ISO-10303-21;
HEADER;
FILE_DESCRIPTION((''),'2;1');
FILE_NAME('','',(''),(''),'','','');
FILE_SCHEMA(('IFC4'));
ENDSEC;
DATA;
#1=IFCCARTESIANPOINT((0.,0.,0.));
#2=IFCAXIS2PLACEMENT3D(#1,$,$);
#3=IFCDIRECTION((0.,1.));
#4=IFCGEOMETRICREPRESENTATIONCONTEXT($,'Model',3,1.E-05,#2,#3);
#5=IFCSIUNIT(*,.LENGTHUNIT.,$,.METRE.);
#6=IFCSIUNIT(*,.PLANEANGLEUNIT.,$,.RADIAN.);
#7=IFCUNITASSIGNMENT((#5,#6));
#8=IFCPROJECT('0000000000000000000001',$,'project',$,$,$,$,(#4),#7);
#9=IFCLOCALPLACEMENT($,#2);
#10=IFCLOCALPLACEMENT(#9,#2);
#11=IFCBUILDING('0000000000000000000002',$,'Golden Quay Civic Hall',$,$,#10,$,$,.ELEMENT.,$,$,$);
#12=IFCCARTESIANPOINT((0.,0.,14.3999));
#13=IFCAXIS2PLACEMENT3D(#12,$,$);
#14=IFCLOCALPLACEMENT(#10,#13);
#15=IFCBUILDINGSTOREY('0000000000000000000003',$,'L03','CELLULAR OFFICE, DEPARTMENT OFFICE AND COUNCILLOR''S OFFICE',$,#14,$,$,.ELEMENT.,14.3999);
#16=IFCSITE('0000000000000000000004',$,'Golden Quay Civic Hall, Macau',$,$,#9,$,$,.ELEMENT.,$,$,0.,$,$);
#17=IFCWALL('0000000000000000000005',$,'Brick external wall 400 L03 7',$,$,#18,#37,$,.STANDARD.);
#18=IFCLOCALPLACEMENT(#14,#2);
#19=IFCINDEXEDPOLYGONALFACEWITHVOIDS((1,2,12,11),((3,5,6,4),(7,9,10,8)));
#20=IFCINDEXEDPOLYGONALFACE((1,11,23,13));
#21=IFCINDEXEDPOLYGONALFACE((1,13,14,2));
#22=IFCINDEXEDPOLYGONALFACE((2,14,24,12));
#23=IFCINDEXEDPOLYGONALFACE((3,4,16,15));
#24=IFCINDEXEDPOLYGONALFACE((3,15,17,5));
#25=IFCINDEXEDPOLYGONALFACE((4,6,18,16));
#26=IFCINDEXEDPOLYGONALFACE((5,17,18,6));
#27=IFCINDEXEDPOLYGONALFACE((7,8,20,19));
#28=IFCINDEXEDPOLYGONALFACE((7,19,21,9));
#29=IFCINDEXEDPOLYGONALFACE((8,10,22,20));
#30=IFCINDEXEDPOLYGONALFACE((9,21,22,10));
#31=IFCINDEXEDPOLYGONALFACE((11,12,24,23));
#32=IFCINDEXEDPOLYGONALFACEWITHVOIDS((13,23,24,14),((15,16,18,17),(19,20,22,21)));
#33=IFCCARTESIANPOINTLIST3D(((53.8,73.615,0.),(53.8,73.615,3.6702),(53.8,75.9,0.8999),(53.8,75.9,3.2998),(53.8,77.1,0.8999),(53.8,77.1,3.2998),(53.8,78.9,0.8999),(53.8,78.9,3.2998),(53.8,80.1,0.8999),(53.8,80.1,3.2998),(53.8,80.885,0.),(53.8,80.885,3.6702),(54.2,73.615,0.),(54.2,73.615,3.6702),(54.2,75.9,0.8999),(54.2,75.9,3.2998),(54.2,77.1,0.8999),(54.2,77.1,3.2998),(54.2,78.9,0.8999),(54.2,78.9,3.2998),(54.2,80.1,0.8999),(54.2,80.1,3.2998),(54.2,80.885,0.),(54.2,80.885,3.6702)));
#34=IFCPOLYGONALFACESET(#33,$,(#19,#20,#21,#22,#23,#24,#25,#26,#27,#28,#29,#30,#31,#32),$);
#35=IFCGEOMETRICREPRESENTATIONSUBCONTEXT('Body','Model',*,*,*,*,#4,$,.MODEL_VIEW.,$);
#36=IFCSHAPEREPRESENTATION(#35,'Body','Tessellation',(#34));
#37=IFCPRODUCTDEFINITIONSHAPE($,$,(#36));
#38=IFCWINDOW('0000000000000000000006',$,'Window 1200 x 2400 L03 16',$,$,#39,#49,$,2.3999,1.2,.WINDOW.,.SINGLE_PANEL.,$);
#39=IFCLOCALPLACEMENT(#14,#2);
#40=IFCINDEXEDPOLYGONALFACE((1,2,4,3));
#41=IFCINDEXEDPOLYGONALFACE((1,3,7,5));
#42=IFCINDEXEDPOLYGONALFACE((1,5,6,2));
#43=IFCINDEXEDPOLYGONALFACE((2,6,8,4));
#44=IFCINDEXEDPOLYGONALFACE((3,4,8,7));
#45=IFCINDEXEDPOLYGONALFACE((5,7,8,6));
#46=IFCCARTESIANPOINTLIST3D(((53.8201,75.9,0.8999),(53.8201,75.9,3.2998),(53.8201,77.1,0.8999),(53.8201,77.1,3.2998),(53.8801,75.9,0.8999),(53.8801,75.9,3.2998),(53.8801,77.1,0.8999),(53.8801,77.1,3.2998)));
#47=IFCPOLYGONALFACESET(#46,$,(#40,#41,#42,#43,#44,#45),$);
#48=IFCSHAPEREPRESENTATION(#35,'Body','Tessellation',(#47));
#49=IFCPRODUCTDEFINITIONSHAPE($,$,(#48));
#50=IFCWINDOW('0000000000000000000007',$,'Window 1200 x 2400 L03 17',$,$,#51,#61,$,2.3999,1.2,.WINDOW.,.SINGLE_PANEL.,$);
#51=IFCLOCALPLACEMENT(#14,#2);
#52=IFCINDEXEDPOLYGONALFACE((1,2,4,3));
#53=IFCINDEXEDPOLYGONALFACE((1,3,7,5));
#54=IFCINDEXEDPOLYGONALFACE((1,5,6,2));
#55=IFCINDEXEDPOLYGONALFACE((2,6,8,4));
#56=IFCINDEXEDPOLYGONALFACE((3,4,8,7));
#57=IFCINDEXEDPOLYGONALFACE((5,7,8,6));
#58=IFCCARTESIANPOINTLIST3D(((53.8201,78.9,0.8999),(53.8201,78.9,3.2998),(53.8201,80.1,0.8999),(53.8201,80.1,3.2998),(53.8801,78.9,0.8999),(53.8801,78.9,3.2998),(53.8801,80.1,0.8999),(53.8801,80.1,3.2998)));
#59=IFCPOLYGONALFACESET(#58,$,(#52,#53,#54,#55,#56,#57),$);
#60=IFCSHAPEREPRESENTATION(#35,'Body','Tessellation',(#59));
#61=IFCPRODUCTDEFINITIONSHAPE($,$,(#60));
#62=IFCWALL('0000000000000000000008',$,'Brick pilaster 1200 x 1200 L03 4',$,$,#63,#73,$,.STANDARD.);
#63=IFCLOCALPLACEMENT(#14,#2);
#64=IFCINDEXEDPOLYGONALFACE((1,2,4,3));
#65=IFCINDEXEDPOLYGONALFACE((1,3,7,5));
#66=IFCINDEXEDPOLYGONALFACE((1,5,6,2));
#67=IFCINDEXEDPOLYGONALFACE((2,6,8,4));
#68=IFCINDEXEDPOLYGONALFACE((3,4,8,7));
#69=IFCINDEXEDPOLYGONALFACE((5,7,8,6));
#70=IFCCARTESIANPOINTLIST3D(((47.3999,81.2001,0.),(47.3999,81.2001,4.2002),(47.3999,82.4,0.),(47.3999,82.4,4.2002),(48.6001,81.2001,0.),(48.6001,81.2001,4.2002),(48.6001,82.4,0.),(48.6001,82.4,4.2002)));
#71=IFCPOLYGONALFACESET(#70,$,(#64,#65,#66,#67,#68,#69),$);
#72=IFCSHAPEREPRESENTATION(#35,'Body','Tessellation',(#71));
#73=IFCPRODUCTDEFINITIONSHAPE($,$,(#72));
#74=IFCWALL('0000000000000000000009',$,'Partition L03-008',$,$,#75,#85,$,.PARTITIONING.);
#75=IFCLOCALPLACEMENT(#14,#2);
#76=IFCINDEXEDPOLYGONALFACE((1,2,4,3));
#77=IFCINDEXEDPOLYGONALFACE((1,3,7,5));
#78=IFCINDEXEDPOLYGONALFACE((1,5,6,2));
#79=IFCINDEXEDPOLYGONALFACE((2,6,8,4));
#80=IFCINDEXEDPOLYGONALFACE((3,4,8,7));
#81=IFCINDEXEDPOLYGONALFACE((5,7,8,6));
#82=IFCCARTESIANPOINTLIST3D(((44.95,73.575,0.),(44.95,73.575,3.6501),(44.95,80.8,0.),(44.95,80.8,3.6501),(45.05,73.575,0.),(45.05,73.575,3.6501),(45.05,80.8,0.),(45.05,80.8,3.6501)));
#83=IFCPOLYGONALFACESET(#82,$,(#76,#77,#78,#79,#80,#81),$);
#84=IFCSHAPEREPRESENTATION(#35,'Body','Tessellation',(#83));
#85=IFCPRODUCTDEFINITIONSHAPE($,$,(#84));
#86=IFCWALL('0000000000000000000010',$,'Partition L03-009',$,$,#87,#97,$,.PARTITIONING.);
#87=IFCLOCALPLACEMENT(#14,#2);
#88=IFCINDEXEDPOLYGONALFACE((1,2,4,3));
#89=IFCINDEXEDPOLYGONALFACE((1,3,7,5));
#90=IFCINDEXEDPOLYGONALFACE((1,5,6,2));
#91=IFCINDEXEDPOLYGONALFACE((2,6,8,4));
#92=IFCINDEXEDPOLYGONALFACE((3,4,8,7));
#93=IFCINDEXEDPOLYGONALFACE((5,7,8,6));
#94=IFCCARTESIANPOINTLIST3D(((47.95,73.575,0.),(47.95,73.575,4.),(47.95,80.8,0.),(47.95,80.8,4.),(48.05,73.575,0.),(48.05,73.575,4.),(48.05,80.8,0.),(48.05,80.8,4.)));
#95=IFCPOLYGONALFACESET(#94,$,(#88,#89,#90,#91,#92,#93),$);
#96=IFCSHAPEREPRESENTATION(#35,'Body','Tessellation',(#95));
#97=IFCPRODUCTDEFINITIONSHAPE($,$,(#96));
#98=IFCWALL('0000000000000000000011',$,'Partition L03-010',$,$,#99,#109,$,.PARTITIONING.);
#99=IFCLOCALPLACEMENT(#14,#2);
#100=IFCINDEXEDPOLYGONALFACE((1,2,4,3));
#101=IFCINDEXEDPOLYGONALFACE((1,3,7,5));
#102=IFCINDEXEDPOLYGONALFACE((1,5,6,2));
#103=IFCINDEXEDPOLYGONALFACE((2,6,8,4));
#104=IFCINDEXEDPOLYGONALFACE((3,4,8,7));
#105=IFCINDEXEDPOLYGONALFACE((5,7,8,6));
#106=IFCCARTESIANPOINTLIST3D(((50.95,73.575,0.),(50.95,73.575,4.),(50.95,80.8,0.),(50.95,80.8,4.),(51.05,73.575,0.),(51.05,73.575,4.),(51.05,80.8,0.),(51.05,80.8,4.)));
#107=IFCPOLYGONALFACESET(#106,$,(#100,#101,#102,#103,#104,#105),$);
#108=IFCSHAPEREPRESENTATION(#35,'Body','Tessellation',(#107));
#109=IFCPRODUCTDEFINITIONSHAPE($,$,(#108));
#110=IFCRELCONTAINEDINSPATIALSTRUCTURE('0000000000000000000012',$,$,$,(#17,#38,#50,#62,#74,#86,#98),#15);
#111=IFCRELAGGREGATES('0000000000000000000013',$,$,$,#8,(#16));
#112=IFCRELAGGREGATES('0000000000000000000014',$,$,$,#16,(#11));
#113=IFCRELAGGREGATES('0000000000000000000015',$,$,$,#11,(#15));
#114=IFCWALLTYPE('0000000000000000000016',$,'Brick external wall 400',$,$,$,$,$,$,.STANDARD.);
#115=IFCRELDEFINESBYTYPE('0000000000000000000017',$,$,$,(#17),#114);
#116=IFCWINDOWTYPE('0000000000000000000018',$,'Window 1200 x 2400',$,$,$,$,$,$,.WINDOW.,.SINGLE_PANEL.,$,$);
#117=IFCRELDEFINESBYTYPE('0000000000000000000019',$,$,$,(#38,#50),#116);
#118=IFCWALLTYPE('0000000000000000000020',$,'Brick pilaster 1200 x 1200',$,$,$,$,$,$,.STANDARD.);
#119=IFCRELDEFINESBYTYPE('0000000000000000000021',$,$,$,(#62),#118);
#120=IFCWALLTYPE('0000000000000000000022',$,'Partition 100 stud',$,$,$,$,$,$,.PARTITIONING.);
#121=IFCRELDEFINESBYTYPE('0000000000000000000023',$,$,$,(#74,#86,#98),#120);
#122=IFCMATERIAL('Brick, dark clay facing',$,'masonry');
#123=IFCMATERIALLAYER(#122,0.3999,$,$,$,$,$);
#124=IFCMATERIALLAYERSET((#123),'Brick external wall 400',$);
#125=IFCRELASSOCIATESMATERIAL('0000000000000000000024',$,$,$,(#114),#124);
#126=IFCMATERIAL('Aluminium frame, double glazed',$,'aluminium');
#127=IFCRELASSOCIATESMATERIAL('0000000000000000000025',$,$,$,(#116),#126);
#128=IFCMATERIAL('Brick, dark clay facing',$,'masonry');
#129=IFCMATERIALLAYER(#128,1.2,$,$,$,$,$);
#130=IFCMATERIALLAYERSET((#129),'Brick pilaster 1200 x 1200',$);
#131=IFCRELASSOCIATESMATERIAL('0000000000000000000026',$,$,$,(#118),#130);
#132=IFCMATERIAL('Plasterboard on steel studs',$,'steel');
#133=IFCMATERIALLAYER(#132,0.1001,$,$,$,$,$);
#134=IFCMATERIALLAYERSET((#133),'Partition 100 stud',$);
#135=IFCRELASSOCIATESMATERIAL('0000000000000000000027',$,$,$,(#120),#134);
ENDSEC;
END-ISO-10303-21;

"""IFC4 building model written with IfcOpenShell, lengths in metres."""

from ifc_helpers import new_model, si_unit, direction, frame, frame_2d, origin, place, context, subcontext, project, spatial, rectangle, extrude, material, layer, layer_set, type_object, element, fill, save


model = new_model("IFC4")

# Units and contexts
model_context = context("Model", 3, precision=1e-05, world=origin(), true_north=direction((0.0, 1.0)))
body_context = subcontext(model_context, "Body", "Model", "MODEL_VIEW")
ifc_project = project(units=[si_unit("LENGTHUNIT", "METRE"), si_unit("PLANEANGLEUNIT", "RADIAN")], contexts=[model_context])

# Site, building, storey
site_placement = place(None, origin())
site = spatial("IfcSite", under=ifc_project, at=site_placement, Name="Golden Quay Civic Hall, Macau", CompositionType="ELEMENT", RefElevation=0.0)
building_placement = place(site_placement, origin())
building = spatial("IfcBuilding", under=site, at=building_placement, Name="Golden Quay Civic Hall", CompositionType="ELEMENT")
storey_placement = place(building_placement, frame((0.0, 0.0, 14.3999)))
storey = spatial("IfcBuildingStorey", under=building, at=storey_placement, Name="L03", Description="CELLULAR OFFICE, DEPARTMENT OFFICE AND COUNCILLOR'S OFFICE", CompositionType="ELEMENT", Elevation=14.3999)

# Shared definitions
ifc_material_1 = material(Name="Brick, dark clay facing", Category="masonry")
ifc_layer_1 = layer(ifc_material_1, 0.3999)
ifc_layer_set_1 = layer_set([ifc_layer_1], Name="Brick external wall 400")
wall_type_1 = type_object("IfcWallType", Name="Brick external wall 400", PredefinedType="STANDARD", material=ifc_layer_set_1)
ifc_material_2 = material(Name="Aluminium frame, double glazed", Category="aluminium")
window_type_1 = type_object("IfcWindowType", Name="Window 1200 x 2400", PartitioningType="SINGLE_PANEL", PredefinedType="WINDOW", material=ifc_material_2)

# Wall, openings, windows
wall_1_placement = place(storey_placement, frame((54.0, 80.885, 0.0), z_axis=(0.0, 0.0, 1.0), x_axis=(0.0, -1.0, 0.0)))
wall_1 = element("IfcWall", 1, at=wall_1_placement, inside=storey, type_object=wall_type_1, Name="Brick external wall 400 L03 7", PredefinedType="STANDARD", context=body_context, shape_type="SweptSolid", body=[
    extrude(rectangle(XDim=7.27, YDim=0.3999, at=frame_2d((3.635, 0.0))), origin(), (0.0, 0.0, 1.0), 3.6702),
])
opening_1_placement = place(wall_1_placement, frame((3.7849, 0.0, 0.8999)))
opening_1 = element("IfcOpeningElement", 2, at=opening_1_placement, cuts=wall_1, PredefinedType="OPENING", context=body_context, shape_type="SweptSolid", body=[
    extrude(rectangle(XDim=1.2, YDim=2.3999, at=frame_2d((0.6001, 1.2))), frame((0.0, 0.21, 0.0), z_axis=(0.0, -1.0, 0.0), x_axis=(1.0, 0.0, 0.0)), (0.0, 0.0, 1.0), 0.4199),
])
opening_2_placement = place(wall_1_placement, frame((0.7849, 0.0, 0.8999)))
opening_2 = element("IfcOpeningElement", 3, at=opening_2_placement, cuts=wall_1, PredefinedType="OPENING", context=body_context, shape_type="SweptSolid", body=[
    extrude(rectangle(XDim=1.2, YDim=2.3999, at=frame_2d((0.6001, 1.2))), frame((0.0, 0.21, 0.0), z_axis=(0.0, -1.0, 0.0), x_axis=(1.0, 0.0, 0.0)), (0.0, 0.0, 1.0), 0.4199),
])
window_1_placement = place(opening_1_placement, origin())
window_1 = element("IfcWindow", 4, at=window_1_placement, inside=storey, type_object=window_type_1, Name="Window 1200 x 2400 L03 16", OverallHeight=2.3999, OverallWidth=1.2, PartitioningType="SINGLE_PANEL", PredefinedType="WINDOW", context=body_context, shape_type="SweptSolid", body=[
    extrude(rectangle(XDim=1.2, YDim=2.3999, at=frame_2d((0.6001, 1.2))), frame((0.0, -0.1199, 0.0), z_axis=(0.0, -1.0, 0.0), x_axis=(1.0, 0.0, 0.0)), (0.0, 0.0, 1.0), 0.0601),
])
fill(opening_1, window_1)
window_2_placement = place(opening_2_placement, origin())
window_2 = element("IfcWindow", 5, at=window_2_placement, inside=storey, type_object=window_type_1, Name="Window 1200 x 2400 L03 17", OverallHeight=2.3999, OverallWidth=1.2, PartitioningType="SINGLE_PANEL", PredefinedType="WINDOW", context=body_context, shape_type="SweptSolid", body=[
    extrude(rectangle(XDim=1.2, YDim=2.3999, at=frame_2d((0.6001, 1.2))), frame((0.0, -0.1199, 0.0), z_axis=(0.0, -1.0, 0.0), x_axis=(1.0, 0.0, 0.0)), (0.0, 0.0, 1.0), 0.0601),
])
fill(opening_2, window_2)

# Walls
ifc_material_3 = material(Name="Brick, dark clay facing", Category="masonry")
ifc_layer_2 = layer(ifc_material_3, 1.2)
ifc_layer_set_2 = layer_set([ifc_layer_2], Name="Brick pilaster 1200 x 1200")
wall_type_2 = type_object("IfcWallType", Name="Brick pilaster 1200 x 1200", PredefinedType="STANDARD", material=ifc_layer_set_2)
wall_2_placement = place(storey_placement, frame((47.3999, 81.8, 0.0), z_axis=(0.0, 0.0, 1.0), x_axis=(1.0, 0.0, 0.0)))
element("IfcWall", 6, at=wall_2_placement, inside=storey, type_object=wall_type_2, Name="Brick pilaster 1200 x 1200 L03 4", PredefinedType="STANDARD", context=body_context, shape_type="SweptSolid", body=[
    extrude(rectangle(XDim=1.2002, YDim=1.2, at=frame_2d((0.6001, 0.0))), origin(), (0.0, 0.0, 1.0), 4.2002),
])
ifc_material_4 = material(Name="Plasterboard on steel studs", Category="steel")
ifc_layer_3 = layer(ifc_material_4, 0.1001)
ifc_layer_set_3 = layer_set([ifc_layer_3], Name="Partition 100 stud")
wall_type_3 = type_object("IfcWallType", Name="Partition 100 stud", PredefinedType="PARTITIONING", material=ifc_layer_set_3)
wall_3_placement = place(storey_placement, frame((45.0, 73.575, 0.0), z_axis=(0.0, 0.0, 1.0), x_axis=(0.0, 1.0, 0.0)))
element("IfcWall", 7, at=wall_3_placement, inside=storey, type_object=wall_type_3, Name="Partition L03-008", PredefinedType="PARTITIONING", context=body_context, shape_type="SweptSolid", body=[
    extrude(rectangle(XDim=7.2251, YDim=0.1001, at=frame_2d((3.6125, 0.0))), origin(), (0.0, 0.0, 1.0), 3.6501),
])
for number, where, z_axis, x_axis, name in (
    (8, (48.0, 73.575, 0.0), (0.0, 0.0, 1.0), (0.0, 1.0, 0.0), "Partition L03-009"),
    (9, (51.0, 73.575, 0.0), (0.0, 0.0, 1.0), (0.0, 1.0, 0.0), "Partition L03-010"),
):
    element("IfcWall", number, at=place(storey_placement, frame(where, z_axis=z_axis, x_axis=x_axis)), inside=storey, type_object=wall_type_3, Name=name, PredefinedType="PARTITIONING", context=body_context, shape_type="SweptSolid", body=[
        extrude(rectangle(XDim=7.2251, YDim=0.1001, at=frame_2d((3.6125, 0.0))), origin(), (0.0, 0.0, 1.0), 4.0),
    ])

save(model, "model.ifc")
